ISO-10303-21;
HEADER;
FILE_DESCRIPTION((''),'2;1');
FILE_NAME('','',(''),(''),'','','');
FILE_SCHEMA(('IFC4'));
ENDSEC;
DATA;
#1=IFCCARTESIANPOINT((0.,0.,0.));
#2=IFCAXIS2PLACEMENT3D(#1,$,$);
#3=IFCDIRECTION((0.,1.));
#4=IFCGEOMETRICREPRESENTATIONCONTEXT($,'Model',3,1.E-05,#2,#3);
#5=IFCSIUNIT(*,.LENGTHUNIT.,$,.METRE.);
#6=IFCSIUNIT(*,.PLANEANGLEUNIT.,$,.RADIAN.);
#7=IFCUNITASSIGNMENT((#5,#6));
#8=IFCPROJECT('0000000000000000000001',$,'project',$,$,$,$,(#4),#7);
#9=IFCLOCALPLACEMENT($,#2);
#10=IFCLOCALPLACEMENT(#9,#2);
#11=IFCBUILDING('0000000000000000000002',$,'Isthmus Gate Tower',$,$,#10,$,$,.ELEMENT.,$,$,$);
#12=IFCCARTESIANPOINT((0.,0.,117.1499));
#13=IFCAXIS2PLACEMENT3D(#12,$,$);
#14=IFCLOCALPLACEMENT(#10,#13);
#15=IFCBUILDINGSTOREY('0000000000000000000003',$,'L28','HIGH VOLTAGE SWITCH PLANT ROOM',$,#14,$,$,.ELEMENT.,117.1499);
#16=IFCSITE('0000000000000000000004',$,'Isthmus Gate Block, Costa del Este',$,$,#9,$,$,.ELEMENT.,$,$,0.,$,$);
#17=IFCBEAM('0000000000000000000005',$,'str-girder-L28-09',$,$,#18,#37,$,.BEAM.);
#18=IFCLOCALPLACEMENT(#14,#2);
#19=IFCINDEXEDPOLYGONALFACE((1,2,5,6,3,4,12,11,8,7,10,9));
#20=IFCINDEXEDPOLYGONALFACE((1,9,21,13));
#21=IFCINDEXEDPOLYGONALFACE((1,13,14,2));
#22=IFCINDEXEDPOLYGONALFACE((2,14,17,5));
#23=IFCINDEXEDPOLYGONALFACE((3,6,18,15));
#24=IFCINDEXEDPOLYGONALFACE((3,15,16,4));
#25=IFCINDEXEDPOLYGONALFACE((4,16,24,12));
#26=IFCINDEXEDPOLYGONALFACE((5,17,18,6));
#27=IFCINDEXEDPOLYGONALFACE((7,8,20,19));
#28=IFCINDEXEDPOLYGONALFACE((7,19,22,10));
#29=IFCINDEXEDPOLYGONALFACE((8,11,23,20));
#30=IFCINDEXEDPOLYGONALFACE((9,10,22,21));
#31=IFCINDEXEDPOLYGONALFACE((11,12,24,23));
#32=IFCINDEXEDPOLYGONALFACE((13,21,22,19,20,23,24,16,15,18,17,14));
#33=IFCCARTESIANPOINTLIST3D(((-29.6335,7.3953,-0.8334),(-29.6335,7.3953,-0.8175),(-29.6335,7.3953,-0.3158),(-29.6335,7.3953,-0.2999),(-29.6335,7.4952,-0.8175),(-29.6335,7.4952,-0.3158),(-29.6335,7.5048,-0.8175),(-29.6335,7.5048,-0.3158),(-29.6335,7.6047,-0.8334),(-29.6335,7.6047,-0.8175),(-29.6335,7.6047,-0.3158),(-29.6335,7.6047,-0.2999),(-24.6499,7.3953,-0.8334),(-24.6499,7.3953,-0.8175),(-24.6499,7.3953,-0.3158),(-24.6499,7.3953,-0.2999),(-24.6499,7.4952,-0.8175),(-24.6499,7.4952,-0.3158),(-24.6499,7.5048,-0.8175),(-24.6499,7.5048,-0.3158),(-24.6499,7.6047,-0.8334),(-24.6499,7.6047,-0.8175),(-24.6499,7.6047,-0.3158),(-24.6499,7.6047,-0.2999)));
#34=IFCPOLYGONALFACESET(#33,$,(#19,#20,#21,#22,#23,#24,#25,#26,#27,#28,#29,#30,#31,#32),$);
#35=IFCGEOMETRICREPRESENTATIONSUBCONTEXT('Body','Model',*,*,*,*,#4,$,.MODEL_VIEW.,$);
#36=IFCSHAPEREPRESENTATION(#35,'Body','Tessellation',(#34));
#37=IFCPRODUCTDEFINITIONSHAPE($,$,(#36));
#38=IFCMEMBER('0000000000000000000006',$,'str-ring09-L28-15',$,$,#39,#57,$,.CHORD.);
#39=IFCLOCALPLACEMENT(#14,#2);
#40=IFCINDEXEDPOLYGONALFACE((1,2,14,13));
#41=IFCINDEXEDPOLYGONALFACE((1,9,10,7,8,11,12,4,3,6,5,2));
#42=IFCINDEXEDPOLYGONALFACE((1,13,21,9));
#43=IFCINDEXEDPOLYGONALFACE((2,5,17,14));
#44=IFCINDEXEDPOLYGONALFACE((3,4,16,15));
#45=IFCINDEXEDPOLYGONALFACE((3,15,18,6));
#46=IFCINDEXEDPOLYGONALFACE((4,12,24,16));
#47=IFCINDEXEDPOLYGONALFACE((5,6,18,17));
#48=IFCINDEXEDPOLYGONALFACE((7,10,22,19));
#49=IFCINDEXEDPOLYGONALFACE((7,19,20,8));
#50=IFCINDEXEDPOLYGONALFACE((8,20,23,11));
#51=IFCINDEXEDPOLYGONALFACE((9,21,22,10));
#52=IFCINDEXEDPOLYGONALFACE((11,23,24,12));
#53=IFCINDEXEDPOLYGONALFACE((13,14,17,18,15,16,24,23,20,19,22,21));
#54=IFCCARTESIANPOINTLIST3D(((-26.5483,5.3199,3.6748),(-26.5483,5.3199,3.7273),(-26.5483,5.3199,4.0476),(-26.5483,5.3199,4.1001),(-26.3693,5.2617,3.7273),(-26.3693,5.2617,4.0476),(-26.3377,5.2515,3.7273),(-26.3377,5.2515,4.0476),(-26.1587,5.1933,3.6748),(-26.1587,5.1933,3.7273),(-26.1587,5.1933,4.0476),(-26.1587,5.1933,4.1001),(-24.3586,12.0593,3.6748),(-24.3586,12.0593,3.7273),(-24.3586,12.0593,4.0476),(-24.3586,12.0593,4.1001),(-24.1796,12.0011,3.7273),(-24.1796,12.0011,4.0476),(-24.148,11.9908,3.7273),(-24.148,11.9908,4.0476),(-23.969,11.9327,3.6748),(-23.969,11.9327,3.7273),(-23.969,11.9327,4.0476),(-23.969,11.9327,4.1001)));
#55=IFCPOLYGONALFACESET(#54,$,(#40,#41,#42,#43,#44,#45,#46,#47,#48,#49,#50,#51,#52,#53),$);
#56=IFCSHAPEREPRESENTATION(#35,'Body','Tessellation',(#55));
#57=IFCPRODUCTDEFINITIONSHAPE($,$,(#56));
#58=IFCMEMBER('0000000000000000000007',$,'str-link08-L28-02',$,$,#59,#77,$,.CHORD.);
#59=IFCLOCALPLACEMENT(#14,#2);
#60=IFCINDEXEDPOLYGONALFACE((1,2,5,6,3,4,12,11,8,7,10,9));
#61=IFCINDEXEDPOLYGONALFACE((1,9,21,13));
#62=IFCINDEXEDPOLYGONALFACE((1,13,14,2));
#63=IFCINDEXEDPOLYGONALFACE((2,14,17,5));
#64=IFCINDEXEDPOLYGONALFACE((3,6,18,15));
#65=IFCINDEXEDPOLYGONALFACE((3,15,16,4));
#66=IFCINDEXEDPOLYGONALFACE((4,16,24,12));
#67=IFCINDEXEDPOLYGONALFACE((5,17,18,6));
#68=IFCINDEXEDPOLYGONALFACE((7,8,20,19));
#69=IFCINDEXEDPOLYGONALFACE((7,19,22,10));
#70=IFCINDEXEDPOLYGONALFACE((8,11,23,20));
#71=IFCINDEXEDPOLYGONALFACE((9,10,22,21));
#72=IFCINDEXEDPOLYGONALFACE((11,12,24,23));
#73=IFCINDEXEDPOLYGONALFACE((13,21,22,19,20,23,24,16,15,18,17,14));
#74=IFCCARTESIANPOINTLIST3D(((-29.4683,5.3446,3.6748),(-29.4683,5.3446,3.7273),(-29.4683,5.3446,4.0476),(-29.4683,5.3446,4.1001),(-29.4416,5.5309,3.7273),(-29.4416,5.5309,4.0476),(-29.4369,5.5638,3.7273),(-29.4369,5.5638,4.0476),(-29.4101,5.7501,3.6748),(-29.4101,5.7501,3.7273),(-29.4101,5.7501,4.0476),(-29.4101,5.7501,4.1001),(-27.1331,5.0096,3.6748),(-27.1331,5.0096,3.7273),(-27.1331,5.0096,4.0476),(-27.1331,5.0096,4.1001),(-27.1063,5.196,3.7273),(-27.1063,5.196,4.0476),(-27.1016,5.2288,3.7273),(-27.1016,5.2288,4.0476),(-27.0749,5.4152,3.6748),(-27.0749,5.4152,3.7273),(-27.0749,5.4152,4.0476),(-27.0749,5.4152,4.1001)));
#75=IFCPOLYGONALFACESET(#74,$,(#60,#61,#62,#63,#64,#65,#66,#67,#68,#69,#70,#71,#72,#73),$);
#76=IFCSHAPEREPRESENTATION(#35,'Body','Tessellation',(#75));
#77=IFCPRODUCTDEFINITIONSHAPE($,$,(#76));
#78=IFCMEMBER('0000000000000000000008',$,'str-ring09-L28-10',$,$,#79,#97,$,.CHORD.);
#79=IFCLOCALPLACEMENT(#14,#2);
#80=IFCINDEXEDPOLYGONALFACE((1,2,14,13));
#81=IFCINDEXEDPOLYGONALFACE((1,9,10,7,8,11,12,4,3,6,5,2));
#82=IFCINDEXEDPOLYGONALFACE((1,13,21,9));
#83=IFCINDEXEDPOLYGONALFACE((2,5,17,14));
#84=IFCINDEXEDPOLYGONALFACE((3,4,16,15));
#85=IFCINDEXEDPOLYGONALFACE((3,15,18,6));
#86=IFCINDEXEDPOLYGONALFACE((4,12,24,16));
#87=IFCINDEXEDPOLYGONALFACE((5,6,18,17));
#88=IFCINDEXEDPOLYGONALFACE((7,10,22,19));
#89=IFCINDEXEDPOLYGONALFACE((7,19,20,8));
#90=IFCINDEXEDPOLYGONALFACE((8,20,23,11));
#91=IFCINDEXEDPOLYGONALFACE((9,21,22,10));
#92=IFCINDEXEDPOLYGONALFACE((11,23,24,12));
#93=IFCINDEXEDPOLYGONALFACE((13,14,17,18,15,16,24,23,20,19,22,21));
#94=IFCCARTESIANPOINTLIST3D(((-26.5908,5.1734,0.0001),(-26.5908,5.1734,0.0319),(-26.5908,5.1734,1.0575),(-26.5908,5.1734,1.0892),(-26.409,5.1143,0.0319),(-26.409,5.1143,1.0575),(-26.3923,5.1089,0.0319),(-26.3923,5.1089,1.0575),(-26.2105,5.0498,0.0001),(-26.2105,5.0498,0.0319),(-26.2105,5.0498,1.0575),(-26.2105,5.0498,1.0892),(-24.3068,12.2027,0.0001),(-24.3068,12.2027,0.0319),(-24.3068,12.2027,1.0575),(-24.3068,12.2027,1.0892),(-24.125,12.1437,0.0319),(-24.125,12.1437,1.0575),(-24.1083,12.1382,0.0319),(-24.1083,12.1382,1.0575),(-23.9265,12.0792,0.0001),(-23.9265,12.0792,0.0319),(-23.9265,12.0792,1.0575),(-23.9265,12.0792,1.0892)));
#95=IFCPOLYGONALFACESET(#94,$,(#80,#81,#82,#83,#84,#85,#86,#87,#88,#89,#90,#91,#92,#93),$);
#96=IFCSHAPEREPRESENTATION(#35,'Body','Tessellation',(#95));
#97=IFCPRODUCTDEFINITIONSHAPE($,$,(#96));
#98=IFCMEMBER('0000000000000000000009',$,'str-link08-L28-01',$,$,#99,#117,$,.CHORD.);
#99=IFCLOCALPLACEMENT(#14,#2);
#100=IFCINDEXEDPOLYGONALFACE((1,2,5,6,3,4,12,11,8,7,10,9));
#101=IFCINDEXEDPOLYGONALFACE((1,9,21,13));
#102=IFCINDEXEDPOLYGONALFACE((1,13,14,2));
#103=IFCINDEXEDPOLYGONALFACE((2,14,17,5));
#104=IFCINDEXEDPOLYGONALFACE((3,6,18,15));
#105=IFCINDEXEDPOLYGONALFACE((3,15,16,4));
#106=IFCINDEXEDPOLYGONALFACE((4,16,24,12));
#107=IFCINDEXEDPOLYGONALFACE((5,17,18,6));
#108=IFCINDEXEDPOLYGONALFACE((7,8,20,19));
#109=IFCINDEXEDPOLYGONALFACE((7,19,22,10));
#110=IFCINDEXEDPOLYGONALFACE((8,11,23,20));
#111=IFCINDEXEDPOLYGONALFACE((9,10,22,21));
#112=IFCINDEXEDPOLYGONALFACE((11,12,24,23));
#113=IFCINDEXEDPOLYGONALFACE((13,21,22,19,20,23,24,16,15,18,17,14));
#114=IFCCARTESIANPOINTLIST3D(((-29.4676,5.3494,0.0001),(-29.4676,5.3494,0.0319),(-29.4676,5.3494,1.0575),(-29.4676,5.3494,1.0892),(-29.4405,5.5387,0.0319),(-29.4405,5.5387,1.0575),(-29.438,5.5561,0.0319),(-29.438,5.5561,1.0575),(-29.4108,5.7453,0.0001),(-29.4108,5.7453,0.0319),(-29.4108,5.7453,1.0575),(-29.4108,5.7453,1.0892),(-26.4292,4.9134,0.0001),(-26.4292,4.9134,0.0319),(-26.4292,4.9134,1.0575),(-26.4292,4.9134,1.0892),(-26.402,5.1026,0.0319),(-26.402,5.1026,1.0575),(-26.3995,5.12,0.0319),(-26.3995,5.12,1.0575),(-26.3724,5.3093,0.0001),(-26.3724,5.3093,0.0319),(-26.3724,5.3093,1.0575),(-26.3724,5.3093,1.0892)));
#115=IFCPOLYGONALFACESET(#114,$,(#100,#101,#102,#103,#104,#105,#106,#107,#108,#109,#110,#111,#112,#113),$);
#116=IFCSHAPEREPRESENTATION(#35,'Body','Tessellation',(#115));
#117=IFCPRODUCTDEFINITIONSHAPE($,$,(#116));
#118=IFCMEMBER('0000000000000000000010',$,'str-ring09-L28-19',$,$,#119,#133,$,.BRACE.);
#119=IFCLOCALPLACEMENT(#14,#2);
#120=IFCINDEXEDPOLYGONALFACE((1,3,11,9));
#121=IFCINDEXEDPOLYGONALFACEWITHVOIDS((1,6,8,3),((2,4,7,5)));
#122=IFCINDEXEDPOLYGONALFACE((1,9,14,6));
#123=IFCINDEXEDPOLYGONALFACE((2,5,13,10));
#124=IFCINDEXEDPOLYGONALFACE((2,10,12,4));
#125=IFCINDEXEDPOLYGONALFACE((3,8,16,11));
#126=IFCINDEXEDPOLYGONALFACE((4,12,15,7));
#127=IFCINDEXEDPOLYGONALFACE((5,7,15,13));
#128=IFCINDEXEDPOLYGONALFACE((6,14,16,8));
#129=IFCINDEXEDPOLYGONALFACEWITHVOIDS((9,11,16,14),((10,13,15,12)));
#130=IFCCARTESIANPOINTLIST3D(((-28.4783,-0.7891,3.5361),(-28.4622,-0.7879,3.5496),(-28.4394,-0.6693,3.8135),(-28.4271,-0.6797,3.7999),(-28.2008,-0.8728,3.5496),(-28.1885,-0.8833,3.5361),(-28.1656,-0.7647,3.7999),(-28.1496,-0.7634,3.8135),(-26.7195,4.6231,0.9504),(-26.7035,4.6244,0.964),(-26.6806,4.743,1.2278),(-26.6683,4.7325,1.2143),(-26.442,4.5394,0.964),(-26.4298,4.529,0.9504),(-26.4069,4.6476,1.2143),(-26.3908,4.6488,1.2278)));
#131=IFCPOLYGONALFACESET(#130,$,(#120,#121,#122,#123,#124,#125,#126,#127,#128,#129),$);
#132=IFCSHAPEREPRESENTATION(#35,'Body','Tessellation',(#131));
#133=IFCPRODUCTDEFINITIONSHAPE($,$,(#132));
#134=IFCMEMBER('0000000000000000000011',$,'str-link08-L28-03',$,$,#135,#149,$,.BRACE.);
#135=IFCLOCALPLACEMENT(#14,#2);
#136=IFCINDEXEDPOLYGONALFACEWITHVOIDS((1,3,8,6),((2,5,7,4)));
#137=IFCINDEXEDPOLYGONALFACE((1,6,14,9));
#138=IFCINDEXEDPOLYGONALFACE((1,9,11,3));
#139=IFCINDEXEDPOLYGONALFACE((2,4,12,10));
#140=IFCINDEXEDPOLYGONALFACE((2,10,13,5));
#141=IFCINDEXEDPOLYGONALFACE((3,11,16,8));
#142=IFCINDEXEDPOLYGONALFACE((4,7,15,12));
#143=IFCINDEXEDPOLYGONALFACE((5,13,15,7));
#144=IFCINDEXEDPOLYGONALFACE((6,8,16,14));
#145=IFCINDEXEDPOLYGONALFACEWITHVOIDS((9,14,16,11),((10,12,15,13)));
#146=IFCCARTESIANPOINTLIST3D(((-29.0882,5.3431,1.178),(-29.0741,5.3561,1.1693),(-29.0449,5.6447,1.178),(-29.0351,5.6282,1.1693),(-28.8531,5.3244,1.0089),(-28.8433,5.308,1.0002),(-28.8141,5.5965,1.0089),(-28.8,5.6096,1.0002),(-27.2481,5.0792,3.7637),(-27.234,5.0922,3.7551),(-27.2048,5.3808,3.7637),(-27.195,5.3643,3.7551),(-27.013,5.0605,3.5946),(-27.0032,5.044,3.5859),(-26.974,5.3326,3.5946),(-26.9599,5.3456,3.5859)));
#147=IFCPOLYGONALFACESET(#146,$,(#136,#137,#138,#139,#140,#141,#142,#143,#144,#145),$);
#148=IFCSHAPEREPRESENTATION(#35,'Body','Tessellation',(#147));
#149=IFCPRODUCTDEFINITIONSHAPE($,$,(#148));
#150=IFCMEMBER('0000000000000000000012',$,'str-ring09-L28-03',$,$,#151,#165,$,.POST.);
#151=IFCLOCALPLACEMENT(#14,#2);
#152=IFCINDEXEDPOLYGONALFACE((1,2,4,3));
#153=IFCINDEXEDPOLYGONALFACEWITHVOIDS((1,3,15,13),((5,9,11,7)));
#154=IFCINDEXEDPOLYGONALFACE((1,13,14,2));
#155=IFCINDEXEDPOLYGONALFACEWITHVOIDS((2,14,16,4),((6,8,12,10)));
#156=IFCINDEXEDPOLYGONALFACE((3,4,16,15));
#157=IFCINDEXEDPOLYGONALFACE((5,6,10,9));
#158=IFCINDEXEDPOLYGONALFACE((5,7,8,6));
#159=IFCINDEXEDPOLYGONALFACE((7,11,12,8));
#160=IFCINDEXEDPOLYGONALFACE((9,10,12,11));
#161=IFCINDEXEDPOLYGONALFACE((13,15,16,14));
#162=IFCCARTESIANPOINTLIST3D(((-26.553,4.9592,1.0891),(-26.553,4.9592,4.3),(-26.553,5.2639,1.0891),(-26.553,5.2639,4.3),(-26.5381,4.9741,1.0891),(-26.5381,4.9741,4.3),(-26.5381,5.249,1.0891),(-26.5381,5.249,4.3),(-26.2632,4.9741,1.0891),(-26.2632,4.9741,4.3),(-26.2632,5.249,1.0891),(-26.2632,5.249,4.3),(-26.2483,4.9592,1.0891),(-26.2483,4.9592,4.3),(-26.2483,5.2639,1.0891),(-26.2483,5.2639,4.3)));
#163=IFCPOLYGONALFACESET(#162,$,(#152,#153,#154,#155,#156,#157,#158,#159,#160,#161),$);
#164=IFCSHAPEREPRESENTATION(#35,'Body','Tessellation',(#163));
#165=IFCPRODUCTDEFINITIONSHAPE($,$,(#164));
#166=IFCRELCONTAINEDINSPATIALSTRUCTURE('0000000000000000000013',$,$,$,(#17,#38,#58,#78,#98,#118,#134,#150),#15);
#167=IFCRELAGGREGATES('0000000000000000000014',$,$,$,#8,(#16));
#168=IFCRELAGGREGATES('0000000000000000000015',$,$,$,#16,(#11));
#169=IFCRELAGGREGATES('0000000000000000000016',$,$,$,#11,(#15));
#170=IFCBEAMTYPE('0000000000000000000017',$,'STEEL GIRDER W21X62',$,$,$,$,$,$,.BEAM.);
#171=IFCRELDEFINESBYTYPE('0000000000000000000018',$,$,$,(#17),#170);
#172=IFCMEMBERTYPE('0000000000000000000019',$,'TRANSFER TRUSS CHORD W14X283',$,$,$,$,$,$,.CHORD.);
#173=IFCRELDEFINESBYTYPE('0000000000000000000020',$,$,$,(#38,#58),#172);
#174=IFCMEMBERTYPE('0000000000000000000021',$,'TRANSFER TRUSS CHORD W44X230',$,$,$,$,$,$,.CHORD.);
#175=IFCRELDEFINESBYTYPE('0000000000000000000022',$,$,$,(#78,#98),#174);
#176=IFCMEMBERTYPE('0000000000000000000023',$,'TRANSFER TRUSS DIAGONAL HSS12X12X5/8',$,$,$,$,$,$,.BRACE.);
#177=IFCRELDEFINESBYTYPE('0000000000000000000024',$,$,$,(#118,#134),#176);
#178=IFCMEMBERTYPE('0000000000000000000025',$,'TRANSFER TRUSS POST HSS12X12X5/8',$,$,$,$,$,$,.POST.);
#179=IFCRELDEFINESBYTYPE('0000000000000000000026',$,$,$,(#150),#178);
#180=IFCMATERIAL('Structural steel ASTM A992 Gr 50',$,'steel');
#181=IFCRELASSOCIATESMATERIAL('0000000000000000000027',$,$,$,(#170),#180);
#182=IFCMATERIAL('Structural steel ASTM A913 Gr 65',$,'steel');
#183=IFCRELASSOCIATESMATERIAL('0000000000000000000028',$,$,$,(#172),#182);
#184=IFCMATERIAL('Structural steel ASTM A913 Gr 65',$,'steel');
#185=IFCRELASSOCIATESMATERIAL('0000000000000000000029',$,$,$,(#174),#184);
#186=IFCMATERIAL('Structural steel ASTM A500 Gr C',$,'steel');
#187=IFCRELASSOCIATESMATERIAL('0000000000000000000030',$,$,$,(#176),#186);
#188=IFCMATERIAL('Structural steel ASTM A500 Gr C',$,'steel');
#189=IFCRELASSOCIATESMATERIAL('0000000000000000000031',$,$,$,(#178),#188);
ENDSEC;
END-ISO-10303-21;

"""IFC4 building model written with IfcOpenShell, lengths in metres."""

from ifc_helpers import new_model, si_unit, direction, frame, origin, origin_2d, place, context, subcontext, project, spatial, hollow_rectangle, i_section, extrude, material, material_profile, profile_set, type_object, element, save


model = new_model("IFC4")

# Units and contexts
model_context = context("Model", 3, precision=1e-05, world=origin(), true_north=direction((0.0, 1.0)))
body_context = subcontext(model_context, "Body", "Model", "MODEL_VIEW")
ifc_project = project(units=[si_unit("LENGTHUNIT", "METRE"), si_unit("PLANEANGLEUNIT", "RADIAN")], contexts=[model_context])

# Site, building, storey
site_placement = place(None, origin())
site = spatial("IfcSite", under=ifc_project, at=site_placement, Name="Isthmus Gate Block, Costa del Este", CompositionType="ELEMENT", RefElevation=0.0)
building_placement = place(site_placement, origin())
building = spatial("IfcBuilding", under=site, at=building_placement, Name="Isthmus Gate Tower", CompositionType="ELEMENT")
storey_placement = place(building_placement, frame((0.0, 0.0, 117.1499)))
storey = spatial("IfcBuildingStorey", under=building, at=storey_placement, Name="L28", Description="HIGH VOLTAGE SWITCH PLANT ROOM", CompositionType="ELEMENT", Elevation=117.1499)

# Beam
ifc_material_1 = material(Name="Structural steel ASTM A992 Gr 50", Category="steel")
ifc_material_profile_1 = material_profile(ifc_material_1, i_section(OverallWidth=0.2095, OverallDepth=0.5334, WebThickness=0.0095, FlangeThickness=0.0159, at=origin_2d()), Name="W21X62")
ifc_profile_set_1 = profile_set([ifc_material_profile_1], Name="Structural steel ASTM A992 Gr 50")
beam_type_1 = type_object("IfcBeamType", Name="STEEL GIRDER W21X62", PredefinedType="BEAM", material=ifc_profile_set_1)
beam_1_placement = place(storey_placement, frame((-29.6335, 7.5, -0.5667), z_axis=(1.0, 0.0, 0.0), x_axis=(0.0, 1.0, 0.0)))
element("IfcBeam", 1, at=beam_1_placement, inside=storey, type_object=beam_type_1, Name="str-girder-L28-09", PredefinedType="BEAM", context=body_context, shape_type="SweptSolid", body=[
    extrude(i_section(OverallWidth=0.2095, OverallDepth=0.5334, WebThickness=0.0095, FlangeThickness=0.0159, at=origin_2d()), origin(), (0.0, 0.0, 1.0), 4.9836),
])

# Members
ifc_material_2 = material(Name="Structural steel ASTM A913 Gr 65", Category="steel")
ifc_material_profile_2 = material_profile(ifc_material_2, i_section(OverallWidth=0.4097, OverallDepth=0.4253, WebThickness=0.0332, FlangeThickness=0.0525, at=origin_2d()), Name="W14X283")
ifc_profile_set_2 = profile_set([ifc_material_profile_2], Name="Structural steel ASTM A913 Gr 65")
member_type_1 = type_object("IfcMemberType", Name="TRANSFER TRUSS CHORD W14X283", PredefinedType="CHORD", material=ifc_profile_set_2)
member_1_placement = place(storey_placement, frame((-26.3535, 5.2566, 3.8875), z_axis=(0.309014, 0.951057, 0.0), x_axis=(-0.951057, 0.309014, 0.0)))
element("IfcMember", 2, at=member_1_placement, inside=storey, type_object=member_type_1, Name="str-ring09-L28-15", PredefinedType="CHORD", context=body_context, shape_type="SweptSolid", body=[
    extrude(i_section(OverallWidth=0.4097, OverallDepth=0.4253, WebThickness=0.0332, FlangeThickness=0.0525, at=origin_2d()), origin(), (0.0, 0.0, 1.0), 7.0862),
])
member_2_placement = place(storey_placement, frame((-29.4392, 5.5474, 3.8875), z_axis=(0.989869, -0.141986, 0.0), x_axis=(0.141986, 0.989869, 0.0)))
element("IfcMember", 3, at=member_2_placement, inside=storey, type_object=member_type_1, Name="str-link08-L28-02", PredefinedType="CHORD", context=body_context, shape_type="SweptSolid", body=[
    extrude(i_section(OverallWidth=0.4097, OverallDepth=0.4253, WebThickness=0.0332, FlangeThickness=0.0525, at=origin_2d()), origin(), (0.0, 0.0, 1.0), 2.3591),
])
ifc_material_3 = material(Name="Structural steel ASTM A913 Gr 65", Category="steel")
ifc_material_profile_3 = material_profile(ifc_material_3, i_section(OverallWidth=0.3999, OverallDepth=1.0891, WebThickness=0.0176, FlangeThickness=0.0317, at=origin_2d()), Name="W44X230")
ifc_profile_set_3 = profile_set([ifc_material_profile_3], Name="Structural steel ASTM A913 Gr 65")
member_type_2 = type_object("IfcMemberType", Name="TRANSFER TRUSS CHORD W44X230", PredefinedType="CHORD", material=ifc_profile_set_3)
member_3_placement = place(storey_placement, frame((-26.4006, 5.1116, 0.5447), z_axis=(0.309014, 0.951057, 0.0), x_axis=(-0.951057, 0.309014, 0.0)))
element("IfcMember", 4, at=member_3_placement, inside=storey, type_object=member_type_2, Name="str-ring09-L28-10", PredefinedType="CHORD", context=body_context, shape_type="SweptSolid", body=[
    extrude(i_section(OverallWidth=0.3999, OverallDepth=1.0891, WebThickness=0.0176, FlangeThickness=0.0317, at=origin_2d()), origin(), (0.0, 0.0, 1.0), 7.3911),
])
member_4_placement = place(storey_placement, frame((-29.4392, 5.5474, 0.5447), z_axis=(0.98986, -0.142045, 0.0), x_axis=(0.142045, 0.98986, 0.0)))
element("IfcMember", 5, at=member_4_placement, inside=storey, type_object=member_type_2, Name="str-link08-L28-01", PredefinedType="CHORD", context=body_context, shape_type="SweptSolid", body=[
    extrude(i_section(OverallWidth=0.3999, OverallDepth=1.0891, WebThickness=0.0176, FlangeThickness=0.0317, at=origin_2d()), origin(), (0.0, 0.0, 1.0), 3.0696),
])
ifc_material_4 = material(Name="Structural steel ASTM A500 Gr C", Category="steel")
ifc_material_profile_4 = material_profile(ifc_material_4, hollow_rectangle(XDim=0.3047, YDim=0.3047, WallThickness=0.0149, at=origin_2d()), Name="HSS12X12X5/8")
ifc_profile_set_4 = profile_set([ifc_material_profile_4], Name="Structural steel ASTM A500 Gr C")
member_type_3 = type_object("IfcMemberType", Name="TRANSFER TRUSS DIAGONAL HSS12X12X5/8", PredefinedType="BRACE", material=ifc_profile_set_4)
member_5_placement = place(storey_placement, frame((-26.5552, 4.636, 1.0891), z_axis=(-0.281369, -0.865863, 0.413657), x_axis=(0.951046, -0.30905, 0.0)))
element("IfcMember", 6, at=member_5_placement, inside=storey, type_object=member_type_3, Name="str-ring09-L28-19", PredefinedType="BRACE", context=body_context, shape_type="SweptSolid", body=[
    extrude(hollow_rectangle(XDim=0.3047, YDim=0.3047, WallThickness=0.0149, at=origin_2d()), origin(), (0.0, 0.0, 1.0), 6.2507),
])
member_6_placement = place(storey_placement, frame((-28.9441, 5.4763, 1.0891), z_axis=(0.577816, -0.082874, 0.811948), x_axis=(0.141973, 0.989871, 0.0)))
element("IfcMember", 7, at=member_6_placement, inside=storey, type_object=member_type_3, Name="str-link08-L28-03", PredefinedType="BRACE", context=body_context, shape_type="SweptSolid", body=[
    extrude(hollow_rectangle(XDim=0.3047, YDim=0.3047, WallThickness=0.0149, at=origin_2d()), origin(), (0.0, 0.0, 1.0), 3.1846),
])
ifc_material_5 = material(Name="Structural steel ASTM A500 Gr C", Category="steel")
ifc_material_profile_5 = material_profile(ifc_material_5, hollow_rectangle(XDim=0.3047, YDim=0.3047, WallThickness=0.0149, at=origin_2d()), Name="HSS12X12X5/8")
ifc_profile_set_5 = profile_set([ifc_material_profile_5], Name="Structural steel ASTM A500 Gr C")
member_type_4 = type_object("IfcMemberType", Name="TRANSFER TRUSS POST HSS12X12X5/8", PredefinedType="POST", material=ifc_profile_set_5)
member_7_placement = place(storey_placement, frame((-26.4006, 5.1116, 1.0891), z_axis=(0.0, 0.0, 1.0), x_axis=(1.0, 0.0, 0.0)))
element("IfcMember", 8, at=member_7_placement, inside=storey, type_object=member_type_4, Name="str-ring09-L28-03", PredefinedType="POST", context=body_context, shape_type="SweptSolid", body=[
    extrude(hollow_rectangle(XDim=0.3047, YDim=0.3047, WallThickness=0.0149, at=origin_2d()), origin(), (0.0, 0.0, 1.0), 3.2109),
])

save(model, "model.ifc")
